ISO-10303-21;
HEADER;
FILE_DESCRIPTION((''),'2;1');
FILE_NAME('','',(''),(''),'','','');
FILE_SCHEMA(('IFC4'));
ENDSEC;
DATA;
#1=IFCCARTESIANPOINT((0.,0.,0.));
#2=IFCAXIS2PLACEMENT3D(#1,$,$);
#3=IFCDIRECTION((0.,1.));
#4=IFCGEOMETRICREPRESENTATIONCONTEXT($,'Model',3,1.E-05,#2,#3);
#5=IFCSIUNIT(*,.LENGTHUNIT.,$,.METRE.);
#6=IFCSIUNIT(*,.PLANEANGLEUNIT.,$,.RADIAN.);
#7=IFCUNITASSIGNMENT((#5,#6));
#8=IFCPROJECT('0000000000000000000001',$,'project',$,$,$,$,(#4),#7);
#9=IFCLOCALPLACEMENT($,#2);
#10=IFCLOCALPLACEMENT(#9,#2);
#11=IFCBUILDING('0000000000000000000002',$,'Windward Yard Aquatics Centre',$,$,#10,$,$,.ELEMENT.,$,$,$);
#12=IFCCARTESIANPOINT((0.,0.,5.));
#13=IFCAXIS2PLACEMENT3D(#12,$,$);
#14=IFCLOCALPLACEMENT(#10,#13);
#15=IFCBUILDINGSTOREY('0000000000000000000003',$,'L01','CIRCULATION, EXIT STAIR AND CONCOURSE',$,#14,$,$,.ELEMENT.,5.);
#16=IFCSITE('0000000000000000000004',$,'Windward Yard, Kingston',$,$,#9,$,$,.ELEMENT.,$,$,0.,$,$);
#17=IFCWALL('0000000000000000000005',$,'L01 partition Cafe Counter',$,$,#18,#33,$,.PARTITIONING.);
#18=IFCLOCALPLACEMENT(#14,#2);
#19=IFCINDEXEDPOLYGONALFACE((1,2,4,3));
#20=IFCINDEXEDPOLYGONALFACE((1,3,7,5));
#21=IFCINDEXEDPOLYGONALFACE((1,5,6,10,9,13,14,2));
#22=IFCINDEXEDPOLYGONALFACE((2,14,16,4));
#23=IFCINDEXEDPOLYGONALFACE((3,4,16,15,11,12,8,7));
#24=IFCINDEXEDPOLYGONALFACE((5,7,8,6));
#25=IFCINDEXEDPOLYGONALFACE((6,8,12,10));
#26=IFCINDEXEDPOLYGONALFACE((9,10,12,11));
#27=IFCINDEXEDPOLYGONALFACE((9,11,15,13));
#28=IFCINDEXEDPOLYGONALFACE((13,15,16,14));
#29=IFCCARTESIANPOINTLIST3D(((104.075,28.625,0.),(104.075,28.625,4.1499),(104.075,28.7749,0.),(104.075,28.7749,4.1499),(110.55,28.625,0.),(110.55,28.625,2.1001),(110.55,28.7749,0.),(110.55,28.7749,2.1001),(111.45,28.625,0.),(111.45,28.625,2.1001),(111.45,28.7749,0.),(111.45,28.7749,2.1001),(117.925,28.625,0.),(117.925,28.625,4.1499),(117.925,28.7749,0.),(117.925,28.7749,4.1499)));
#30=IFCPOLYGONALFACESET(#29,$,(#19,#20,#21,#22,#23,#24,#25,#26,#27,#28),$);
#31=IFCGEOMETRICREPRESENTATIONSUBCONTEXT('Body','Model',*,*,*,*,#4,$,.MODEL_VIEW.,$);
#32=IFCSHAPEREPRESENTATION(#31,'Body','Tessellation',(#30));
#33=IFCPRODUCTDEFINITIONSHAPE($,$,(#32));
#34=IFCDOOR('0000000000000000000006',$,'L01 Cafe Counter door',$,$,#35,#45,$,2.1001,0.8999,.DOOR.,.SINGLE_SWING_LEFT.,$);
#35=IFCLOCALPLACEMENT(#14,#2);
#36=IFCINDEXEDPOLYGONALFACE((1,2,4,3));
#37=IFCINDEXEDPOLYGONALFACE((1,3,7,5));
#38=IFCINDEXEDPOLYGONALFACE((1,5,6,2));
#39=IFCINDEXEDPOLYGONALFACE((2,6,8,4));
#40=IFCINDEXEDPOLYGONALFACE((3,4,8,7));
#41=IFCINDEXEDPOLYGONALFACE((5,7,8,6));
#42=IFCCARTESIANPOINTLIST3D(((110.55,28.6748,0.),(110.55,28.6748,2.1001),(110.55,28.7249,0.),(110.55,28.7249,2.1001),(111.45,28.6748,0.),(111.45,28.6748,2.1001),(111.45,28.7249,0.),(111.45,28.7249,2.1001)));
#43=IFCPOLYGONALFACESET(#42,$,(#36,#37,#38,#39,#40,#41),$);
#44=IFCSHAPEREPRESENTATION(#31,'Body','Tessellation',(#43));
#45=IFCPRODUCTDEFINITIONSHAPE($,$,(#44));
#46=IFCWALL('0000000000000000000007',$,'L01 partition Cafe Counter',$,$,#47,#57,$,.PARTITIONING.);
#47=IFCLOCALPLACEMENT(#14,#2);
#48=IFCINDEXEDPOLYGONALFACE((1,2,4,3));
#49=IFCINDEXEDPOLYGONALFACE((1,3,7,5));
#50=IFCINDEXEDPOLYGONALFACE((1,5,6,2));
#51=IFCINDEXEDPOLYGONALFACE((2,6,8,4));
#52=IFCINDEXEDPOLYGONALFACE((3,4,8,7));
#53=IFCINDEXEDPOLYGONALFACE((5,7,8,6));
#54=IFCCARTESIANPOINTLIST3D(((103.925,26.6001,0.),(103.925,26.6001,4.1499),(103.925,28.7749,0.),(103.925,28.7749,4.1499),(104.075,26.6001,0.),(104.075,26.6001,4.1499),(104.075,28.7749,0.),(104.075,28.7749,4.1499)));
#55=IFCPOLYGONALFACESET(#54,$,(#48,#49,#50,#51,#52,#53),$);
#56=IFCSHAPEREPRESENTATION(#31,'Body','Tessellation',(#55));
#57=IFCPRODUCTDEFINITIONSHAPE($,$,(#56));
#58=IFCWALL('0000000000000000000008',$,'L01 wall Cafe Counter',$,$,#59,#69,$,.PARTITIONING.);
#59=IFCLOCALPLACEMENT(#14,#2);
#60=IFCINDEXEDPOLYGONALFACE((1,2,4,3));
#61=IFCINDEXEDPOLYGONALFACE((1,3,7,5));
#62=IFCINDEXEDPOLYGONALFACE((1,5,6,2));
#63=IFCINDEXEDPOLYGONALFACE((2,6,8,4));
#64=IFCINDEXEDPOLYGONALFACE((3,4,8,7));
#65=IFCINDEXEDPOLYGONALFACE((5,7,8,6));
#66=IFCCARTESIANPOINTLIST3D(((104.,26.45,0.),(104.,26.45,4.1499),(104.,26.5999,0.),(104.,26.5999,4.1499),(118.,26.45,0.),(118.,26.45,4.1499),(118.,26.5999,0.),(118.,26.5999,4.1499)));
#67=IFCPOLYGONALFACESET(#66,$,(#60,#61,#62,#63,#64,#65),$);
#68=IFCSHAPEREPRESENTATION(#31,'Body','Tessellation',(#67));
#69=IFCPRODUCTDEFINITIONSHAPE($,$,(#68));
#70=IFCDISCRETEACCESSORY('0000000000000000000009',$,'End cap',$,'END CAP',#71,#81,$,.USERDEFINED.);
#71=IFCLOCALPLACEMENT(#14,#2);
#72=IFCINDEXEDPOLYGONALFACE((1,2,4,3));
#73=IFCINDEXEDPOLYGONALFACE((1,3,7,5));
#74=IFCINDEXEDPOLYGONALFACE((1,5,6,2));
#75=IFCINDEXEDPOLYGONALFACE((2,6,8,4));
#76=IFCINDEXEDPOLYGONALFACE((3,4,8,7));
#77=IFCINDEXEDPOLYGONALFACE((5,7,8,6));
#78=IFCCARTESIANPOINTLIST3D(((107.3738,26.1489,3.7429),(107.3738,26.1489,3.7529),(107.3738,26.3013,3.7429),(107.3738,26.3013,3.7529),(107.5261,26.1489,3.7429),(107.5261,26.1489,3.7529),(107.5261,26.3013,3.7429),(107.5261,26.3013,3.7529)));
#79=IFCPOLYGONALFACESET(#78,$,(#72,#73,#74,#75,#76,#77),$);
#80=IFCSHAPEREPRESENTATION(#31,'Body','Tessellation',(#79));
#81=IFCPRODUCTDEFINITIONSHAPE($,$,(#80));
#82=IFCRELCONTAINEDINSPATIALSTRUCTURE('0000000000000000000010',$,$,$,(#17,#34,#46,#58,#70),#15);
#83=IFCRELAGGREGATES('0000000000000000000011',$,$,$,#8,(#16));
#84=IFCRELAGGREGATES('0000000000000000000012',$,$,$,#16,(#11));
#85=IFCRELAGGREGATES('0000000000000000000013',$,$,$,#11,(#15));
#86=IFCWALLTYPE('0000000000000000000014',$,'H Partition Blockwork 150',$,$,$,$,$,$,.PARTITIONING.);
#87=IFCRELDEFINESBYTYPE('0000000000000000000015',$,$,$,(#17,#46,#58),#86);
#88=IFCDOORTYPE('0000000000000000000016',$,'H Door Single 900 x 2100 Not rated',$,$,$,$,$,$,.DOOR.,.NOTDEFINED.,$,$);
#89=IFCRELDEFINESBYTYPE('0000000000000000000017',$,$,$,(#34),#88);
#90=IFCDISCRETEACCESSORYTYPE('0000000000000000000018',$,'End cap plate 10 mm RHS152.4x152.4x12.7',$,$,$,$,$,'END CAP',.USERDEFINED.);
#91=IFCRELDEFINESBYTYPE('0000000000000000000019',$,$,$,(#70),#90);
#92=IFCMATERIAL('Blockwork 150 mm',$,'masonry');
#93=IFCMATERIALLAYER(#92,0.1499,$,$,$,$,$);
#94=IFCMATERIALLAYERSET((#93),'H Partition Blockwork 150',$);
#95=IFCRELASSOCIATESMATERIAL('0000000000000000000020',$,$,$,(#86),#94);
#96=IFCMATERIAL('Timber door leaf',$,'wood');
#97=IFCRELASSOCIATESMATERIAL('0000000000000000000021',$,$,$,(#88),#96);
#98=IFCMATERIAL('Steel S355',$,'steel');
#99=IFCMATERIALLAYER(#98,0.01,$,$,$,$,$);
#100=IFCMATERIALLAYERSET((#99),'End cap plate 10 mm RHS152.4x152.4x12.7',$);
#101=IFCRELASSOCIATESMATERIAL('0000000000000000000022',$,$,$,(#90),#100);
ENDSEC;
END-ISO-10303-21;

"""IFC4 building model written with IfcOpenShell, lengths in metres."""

from ifc_helpers import new_model, si_unit, direction, frame, frame_2d, origin, origin_2d, place, context, subcontext, project, spatial, rectangle, extrude, material, layer, layer_set, type_object, element, fill, save


model = new_model("IFC4")

# Units and contexts
model_context = context("Model", 3, precision=1e-05, world=origin(), true_north=direction((0.0, 1.0)))
body_context = subcontext(model_context, "Body", "Model", "MODEL_VIEW")
ifc_project = project(units=[si_unit("LENGTHUNIT", "METRE"), si_unit("PLANEANGLEUNIT", "RADIAN")], contexts=[model_context])

# Site, building, storey
site_placement = place(None, origin())
site = spatial("IfcSite", under=ifc_project, at=site_placement, Name="Windward Yard, Kingston", CompositionType="ELEMENT", RefElevation=0.0)
building_placement = place(site_placement, origin())
building = spatial("IfcBuilding", under=site, at=building_placement, Name="Windward Yard Aquatics Centre", CompositionType="ELEMENT")
storey_placement = place(building_placement, frame((0.0, 0.0, 5.0)))
storey = spatial("IfcBuildingStorey", under=building, at=storey_placement, Name="L01", Description="CIRCULATION, EXIT STAIR AND CONCOURSE", CompositionType="ELEMENT", Elevation=5.0)

# Wall, opening, door
ifc_material_1 = material(Name="Blockwork 150 mm", Category="masonry")
ifc_layer_1 = layer(ifc_material_1, 0.1499)
ifc_layer_set_1 = layer_set([ifc_layer_1], Name="H Partition Blockwork 150")
wall_type = type_object("IfcWallType", Name="H Partition Blockwork 150", PredefinedType="PARTITIONING", material=ifc_layer_set_1)
wall_1_placement = place(storey_placement, frame((104.075, 28.7, 0.0), z_axis=(0.0, 0.0, 1.0), x_axis=(1.0, 0.0, 0.0)))
wall_1 = element("IfcWall", 1, at=wall_1_placement, inside=storey, type_object=wall_type, Name="L01 partition Cafe Counter", PredefinedType="PARTITIONING", context=body_context, shape_type="SweptSolid", body=[
    extrude(rectangle(XDim=13.8501, YDim=0.1499, at=frame_2d((6.925, 0.0))), origin(), (0.0, 0.0, 1.0), 4.1499),
])
opening_placement = place(wall_1_placement, frame((6.4751, 0.0, 0.0)))
opening = element("IfcOpeningElement", 2, at=opening_placement, cuts=wall_1, PredefinedType="OPENING", context=body_context, shape_type="SweptSolid", body=[
    extrude(rectangle(XDim=0.8999, YDim=2.1001, at=frame_2d((0.45, 1.05))), frame((0.0, 0.085, 0.0), z_axis=(0.0, -1.0, 0.0), x_axis=(1.0, 0.0, 0.0)), (0.0, 0.0, 1.0), 0.1699),
])
ifc_material_2 = material(Name="Timber door leaf", Category="wood")
door_type = type_object("IfcDoorType", Name="H Door Single 900 x 2100 Not rated", OperationType="NOTDEFINED", PredefinedType="DOOR", material=ifc_material_2)
door_placement = place(opening_placement, origin())
door = element("IfcDoor", 3, at=door_placement, inside=storey, type_object=door_type, Name="L01 Cafe Counter door", OperationType="SINGLE_SWING_LEFT", OverallHeight=2.1001, OverallWidth=0.8999, PredefinedType="DOOR", context=body_context, shape_type="SweptSolid", body=[
    extrude(rectangle(XDim=0.8999, YDim=2.1001, at=frame_2d((0.45, 1.05))), frame((0.0, 0.0249, 0.0), z_axis=(0.0, -1.0, 0.0), x_axis=(1.0, 0.0, 0.0)), (0.0, 0.0, 1.0), 0.05),
])
fill(opening, door)

# Walls
wall_2_placement = place(storey_placement, frame((104.0, 26.6001, 0.0), z_axis=(0.0, 0.0, 1.0), x_axis=(0.0, 1.0, 0.0)))
element("IfcWall", 4, at=wall_2_placement, inside=storey, type_object=wall_type, Name="L01 partition Cafe Counter", PredefinedType="PARTITIONING", context=body_context, shape_type="SweptSolid", body=[
    extrude(rectangle(XDim=2.1748, YDim=0.1499, at=frame_2d((1.0874, 0.0))), origin(), (0.0, 0.0, 1.0), 4.1499),
])
wall_3_placement = place(storey_placement, frame((104.0, 26.5249, 0.0), z_axis=(0.0, 0.0, 1.0), x_axis=(1.0, 0.0, 0.0)))
element("IfcWall", 5, at=wall_3_placement, inside=storey, type_object=wall_type, Name="L01 wall Cafe Counter", PredefinedType="PARTITIONING", context=body_context, shape_type="SweptSolid", body=[
    extrude(rectangle(XDim=14.0, YDim=0.1499, at=frame_2d((7.0, 0.0))), origin(), (0.0, 0.0, 1.0), 4.1499),
])

# Discrete accessory
ifc_material_3 = material(Name="Steel S355", Category="steel")
ifc_layer_2 = layer(ifc_material_3, 0.01)
ifc_layer_set_2 = layer_set([ifc_layer_2], Name="End cap plate 10 mm RHS152.4x152.4x12.7")
discrete_accessory_type = type_object("IfcDiscreteAccessoryType", Name="End cap plate 10 mm RHS152.4x152.4x12.7", ElementType="END CAP", PredefinedType="USERDEFINED", material=ifc_layer_set_2)
discrete_accessory_placement = place(storey_placement, frame((107.45, 26.2251, 3.7429), z_axis=(0.0, 0.0, 1.0), x_axis=(1.0, 0.0, 0.0)))
element("IfcDiscreteAccessory", 6, at=discrete_accessory_placement, inside=storey, type_object=discrete_accessory_type, Name="End cap", ObjectType="END CAP", PredefinedType="USERDEFINED", context=body_context, shape_type="SweptSolid", body=[
    extrude(rectangle(XDim=0.1523, YDim=0.1523, at=origin_2d()), origin(), (0.0, 0.0, 1.0), 0.01),
])

save(model, "model.ifc")
